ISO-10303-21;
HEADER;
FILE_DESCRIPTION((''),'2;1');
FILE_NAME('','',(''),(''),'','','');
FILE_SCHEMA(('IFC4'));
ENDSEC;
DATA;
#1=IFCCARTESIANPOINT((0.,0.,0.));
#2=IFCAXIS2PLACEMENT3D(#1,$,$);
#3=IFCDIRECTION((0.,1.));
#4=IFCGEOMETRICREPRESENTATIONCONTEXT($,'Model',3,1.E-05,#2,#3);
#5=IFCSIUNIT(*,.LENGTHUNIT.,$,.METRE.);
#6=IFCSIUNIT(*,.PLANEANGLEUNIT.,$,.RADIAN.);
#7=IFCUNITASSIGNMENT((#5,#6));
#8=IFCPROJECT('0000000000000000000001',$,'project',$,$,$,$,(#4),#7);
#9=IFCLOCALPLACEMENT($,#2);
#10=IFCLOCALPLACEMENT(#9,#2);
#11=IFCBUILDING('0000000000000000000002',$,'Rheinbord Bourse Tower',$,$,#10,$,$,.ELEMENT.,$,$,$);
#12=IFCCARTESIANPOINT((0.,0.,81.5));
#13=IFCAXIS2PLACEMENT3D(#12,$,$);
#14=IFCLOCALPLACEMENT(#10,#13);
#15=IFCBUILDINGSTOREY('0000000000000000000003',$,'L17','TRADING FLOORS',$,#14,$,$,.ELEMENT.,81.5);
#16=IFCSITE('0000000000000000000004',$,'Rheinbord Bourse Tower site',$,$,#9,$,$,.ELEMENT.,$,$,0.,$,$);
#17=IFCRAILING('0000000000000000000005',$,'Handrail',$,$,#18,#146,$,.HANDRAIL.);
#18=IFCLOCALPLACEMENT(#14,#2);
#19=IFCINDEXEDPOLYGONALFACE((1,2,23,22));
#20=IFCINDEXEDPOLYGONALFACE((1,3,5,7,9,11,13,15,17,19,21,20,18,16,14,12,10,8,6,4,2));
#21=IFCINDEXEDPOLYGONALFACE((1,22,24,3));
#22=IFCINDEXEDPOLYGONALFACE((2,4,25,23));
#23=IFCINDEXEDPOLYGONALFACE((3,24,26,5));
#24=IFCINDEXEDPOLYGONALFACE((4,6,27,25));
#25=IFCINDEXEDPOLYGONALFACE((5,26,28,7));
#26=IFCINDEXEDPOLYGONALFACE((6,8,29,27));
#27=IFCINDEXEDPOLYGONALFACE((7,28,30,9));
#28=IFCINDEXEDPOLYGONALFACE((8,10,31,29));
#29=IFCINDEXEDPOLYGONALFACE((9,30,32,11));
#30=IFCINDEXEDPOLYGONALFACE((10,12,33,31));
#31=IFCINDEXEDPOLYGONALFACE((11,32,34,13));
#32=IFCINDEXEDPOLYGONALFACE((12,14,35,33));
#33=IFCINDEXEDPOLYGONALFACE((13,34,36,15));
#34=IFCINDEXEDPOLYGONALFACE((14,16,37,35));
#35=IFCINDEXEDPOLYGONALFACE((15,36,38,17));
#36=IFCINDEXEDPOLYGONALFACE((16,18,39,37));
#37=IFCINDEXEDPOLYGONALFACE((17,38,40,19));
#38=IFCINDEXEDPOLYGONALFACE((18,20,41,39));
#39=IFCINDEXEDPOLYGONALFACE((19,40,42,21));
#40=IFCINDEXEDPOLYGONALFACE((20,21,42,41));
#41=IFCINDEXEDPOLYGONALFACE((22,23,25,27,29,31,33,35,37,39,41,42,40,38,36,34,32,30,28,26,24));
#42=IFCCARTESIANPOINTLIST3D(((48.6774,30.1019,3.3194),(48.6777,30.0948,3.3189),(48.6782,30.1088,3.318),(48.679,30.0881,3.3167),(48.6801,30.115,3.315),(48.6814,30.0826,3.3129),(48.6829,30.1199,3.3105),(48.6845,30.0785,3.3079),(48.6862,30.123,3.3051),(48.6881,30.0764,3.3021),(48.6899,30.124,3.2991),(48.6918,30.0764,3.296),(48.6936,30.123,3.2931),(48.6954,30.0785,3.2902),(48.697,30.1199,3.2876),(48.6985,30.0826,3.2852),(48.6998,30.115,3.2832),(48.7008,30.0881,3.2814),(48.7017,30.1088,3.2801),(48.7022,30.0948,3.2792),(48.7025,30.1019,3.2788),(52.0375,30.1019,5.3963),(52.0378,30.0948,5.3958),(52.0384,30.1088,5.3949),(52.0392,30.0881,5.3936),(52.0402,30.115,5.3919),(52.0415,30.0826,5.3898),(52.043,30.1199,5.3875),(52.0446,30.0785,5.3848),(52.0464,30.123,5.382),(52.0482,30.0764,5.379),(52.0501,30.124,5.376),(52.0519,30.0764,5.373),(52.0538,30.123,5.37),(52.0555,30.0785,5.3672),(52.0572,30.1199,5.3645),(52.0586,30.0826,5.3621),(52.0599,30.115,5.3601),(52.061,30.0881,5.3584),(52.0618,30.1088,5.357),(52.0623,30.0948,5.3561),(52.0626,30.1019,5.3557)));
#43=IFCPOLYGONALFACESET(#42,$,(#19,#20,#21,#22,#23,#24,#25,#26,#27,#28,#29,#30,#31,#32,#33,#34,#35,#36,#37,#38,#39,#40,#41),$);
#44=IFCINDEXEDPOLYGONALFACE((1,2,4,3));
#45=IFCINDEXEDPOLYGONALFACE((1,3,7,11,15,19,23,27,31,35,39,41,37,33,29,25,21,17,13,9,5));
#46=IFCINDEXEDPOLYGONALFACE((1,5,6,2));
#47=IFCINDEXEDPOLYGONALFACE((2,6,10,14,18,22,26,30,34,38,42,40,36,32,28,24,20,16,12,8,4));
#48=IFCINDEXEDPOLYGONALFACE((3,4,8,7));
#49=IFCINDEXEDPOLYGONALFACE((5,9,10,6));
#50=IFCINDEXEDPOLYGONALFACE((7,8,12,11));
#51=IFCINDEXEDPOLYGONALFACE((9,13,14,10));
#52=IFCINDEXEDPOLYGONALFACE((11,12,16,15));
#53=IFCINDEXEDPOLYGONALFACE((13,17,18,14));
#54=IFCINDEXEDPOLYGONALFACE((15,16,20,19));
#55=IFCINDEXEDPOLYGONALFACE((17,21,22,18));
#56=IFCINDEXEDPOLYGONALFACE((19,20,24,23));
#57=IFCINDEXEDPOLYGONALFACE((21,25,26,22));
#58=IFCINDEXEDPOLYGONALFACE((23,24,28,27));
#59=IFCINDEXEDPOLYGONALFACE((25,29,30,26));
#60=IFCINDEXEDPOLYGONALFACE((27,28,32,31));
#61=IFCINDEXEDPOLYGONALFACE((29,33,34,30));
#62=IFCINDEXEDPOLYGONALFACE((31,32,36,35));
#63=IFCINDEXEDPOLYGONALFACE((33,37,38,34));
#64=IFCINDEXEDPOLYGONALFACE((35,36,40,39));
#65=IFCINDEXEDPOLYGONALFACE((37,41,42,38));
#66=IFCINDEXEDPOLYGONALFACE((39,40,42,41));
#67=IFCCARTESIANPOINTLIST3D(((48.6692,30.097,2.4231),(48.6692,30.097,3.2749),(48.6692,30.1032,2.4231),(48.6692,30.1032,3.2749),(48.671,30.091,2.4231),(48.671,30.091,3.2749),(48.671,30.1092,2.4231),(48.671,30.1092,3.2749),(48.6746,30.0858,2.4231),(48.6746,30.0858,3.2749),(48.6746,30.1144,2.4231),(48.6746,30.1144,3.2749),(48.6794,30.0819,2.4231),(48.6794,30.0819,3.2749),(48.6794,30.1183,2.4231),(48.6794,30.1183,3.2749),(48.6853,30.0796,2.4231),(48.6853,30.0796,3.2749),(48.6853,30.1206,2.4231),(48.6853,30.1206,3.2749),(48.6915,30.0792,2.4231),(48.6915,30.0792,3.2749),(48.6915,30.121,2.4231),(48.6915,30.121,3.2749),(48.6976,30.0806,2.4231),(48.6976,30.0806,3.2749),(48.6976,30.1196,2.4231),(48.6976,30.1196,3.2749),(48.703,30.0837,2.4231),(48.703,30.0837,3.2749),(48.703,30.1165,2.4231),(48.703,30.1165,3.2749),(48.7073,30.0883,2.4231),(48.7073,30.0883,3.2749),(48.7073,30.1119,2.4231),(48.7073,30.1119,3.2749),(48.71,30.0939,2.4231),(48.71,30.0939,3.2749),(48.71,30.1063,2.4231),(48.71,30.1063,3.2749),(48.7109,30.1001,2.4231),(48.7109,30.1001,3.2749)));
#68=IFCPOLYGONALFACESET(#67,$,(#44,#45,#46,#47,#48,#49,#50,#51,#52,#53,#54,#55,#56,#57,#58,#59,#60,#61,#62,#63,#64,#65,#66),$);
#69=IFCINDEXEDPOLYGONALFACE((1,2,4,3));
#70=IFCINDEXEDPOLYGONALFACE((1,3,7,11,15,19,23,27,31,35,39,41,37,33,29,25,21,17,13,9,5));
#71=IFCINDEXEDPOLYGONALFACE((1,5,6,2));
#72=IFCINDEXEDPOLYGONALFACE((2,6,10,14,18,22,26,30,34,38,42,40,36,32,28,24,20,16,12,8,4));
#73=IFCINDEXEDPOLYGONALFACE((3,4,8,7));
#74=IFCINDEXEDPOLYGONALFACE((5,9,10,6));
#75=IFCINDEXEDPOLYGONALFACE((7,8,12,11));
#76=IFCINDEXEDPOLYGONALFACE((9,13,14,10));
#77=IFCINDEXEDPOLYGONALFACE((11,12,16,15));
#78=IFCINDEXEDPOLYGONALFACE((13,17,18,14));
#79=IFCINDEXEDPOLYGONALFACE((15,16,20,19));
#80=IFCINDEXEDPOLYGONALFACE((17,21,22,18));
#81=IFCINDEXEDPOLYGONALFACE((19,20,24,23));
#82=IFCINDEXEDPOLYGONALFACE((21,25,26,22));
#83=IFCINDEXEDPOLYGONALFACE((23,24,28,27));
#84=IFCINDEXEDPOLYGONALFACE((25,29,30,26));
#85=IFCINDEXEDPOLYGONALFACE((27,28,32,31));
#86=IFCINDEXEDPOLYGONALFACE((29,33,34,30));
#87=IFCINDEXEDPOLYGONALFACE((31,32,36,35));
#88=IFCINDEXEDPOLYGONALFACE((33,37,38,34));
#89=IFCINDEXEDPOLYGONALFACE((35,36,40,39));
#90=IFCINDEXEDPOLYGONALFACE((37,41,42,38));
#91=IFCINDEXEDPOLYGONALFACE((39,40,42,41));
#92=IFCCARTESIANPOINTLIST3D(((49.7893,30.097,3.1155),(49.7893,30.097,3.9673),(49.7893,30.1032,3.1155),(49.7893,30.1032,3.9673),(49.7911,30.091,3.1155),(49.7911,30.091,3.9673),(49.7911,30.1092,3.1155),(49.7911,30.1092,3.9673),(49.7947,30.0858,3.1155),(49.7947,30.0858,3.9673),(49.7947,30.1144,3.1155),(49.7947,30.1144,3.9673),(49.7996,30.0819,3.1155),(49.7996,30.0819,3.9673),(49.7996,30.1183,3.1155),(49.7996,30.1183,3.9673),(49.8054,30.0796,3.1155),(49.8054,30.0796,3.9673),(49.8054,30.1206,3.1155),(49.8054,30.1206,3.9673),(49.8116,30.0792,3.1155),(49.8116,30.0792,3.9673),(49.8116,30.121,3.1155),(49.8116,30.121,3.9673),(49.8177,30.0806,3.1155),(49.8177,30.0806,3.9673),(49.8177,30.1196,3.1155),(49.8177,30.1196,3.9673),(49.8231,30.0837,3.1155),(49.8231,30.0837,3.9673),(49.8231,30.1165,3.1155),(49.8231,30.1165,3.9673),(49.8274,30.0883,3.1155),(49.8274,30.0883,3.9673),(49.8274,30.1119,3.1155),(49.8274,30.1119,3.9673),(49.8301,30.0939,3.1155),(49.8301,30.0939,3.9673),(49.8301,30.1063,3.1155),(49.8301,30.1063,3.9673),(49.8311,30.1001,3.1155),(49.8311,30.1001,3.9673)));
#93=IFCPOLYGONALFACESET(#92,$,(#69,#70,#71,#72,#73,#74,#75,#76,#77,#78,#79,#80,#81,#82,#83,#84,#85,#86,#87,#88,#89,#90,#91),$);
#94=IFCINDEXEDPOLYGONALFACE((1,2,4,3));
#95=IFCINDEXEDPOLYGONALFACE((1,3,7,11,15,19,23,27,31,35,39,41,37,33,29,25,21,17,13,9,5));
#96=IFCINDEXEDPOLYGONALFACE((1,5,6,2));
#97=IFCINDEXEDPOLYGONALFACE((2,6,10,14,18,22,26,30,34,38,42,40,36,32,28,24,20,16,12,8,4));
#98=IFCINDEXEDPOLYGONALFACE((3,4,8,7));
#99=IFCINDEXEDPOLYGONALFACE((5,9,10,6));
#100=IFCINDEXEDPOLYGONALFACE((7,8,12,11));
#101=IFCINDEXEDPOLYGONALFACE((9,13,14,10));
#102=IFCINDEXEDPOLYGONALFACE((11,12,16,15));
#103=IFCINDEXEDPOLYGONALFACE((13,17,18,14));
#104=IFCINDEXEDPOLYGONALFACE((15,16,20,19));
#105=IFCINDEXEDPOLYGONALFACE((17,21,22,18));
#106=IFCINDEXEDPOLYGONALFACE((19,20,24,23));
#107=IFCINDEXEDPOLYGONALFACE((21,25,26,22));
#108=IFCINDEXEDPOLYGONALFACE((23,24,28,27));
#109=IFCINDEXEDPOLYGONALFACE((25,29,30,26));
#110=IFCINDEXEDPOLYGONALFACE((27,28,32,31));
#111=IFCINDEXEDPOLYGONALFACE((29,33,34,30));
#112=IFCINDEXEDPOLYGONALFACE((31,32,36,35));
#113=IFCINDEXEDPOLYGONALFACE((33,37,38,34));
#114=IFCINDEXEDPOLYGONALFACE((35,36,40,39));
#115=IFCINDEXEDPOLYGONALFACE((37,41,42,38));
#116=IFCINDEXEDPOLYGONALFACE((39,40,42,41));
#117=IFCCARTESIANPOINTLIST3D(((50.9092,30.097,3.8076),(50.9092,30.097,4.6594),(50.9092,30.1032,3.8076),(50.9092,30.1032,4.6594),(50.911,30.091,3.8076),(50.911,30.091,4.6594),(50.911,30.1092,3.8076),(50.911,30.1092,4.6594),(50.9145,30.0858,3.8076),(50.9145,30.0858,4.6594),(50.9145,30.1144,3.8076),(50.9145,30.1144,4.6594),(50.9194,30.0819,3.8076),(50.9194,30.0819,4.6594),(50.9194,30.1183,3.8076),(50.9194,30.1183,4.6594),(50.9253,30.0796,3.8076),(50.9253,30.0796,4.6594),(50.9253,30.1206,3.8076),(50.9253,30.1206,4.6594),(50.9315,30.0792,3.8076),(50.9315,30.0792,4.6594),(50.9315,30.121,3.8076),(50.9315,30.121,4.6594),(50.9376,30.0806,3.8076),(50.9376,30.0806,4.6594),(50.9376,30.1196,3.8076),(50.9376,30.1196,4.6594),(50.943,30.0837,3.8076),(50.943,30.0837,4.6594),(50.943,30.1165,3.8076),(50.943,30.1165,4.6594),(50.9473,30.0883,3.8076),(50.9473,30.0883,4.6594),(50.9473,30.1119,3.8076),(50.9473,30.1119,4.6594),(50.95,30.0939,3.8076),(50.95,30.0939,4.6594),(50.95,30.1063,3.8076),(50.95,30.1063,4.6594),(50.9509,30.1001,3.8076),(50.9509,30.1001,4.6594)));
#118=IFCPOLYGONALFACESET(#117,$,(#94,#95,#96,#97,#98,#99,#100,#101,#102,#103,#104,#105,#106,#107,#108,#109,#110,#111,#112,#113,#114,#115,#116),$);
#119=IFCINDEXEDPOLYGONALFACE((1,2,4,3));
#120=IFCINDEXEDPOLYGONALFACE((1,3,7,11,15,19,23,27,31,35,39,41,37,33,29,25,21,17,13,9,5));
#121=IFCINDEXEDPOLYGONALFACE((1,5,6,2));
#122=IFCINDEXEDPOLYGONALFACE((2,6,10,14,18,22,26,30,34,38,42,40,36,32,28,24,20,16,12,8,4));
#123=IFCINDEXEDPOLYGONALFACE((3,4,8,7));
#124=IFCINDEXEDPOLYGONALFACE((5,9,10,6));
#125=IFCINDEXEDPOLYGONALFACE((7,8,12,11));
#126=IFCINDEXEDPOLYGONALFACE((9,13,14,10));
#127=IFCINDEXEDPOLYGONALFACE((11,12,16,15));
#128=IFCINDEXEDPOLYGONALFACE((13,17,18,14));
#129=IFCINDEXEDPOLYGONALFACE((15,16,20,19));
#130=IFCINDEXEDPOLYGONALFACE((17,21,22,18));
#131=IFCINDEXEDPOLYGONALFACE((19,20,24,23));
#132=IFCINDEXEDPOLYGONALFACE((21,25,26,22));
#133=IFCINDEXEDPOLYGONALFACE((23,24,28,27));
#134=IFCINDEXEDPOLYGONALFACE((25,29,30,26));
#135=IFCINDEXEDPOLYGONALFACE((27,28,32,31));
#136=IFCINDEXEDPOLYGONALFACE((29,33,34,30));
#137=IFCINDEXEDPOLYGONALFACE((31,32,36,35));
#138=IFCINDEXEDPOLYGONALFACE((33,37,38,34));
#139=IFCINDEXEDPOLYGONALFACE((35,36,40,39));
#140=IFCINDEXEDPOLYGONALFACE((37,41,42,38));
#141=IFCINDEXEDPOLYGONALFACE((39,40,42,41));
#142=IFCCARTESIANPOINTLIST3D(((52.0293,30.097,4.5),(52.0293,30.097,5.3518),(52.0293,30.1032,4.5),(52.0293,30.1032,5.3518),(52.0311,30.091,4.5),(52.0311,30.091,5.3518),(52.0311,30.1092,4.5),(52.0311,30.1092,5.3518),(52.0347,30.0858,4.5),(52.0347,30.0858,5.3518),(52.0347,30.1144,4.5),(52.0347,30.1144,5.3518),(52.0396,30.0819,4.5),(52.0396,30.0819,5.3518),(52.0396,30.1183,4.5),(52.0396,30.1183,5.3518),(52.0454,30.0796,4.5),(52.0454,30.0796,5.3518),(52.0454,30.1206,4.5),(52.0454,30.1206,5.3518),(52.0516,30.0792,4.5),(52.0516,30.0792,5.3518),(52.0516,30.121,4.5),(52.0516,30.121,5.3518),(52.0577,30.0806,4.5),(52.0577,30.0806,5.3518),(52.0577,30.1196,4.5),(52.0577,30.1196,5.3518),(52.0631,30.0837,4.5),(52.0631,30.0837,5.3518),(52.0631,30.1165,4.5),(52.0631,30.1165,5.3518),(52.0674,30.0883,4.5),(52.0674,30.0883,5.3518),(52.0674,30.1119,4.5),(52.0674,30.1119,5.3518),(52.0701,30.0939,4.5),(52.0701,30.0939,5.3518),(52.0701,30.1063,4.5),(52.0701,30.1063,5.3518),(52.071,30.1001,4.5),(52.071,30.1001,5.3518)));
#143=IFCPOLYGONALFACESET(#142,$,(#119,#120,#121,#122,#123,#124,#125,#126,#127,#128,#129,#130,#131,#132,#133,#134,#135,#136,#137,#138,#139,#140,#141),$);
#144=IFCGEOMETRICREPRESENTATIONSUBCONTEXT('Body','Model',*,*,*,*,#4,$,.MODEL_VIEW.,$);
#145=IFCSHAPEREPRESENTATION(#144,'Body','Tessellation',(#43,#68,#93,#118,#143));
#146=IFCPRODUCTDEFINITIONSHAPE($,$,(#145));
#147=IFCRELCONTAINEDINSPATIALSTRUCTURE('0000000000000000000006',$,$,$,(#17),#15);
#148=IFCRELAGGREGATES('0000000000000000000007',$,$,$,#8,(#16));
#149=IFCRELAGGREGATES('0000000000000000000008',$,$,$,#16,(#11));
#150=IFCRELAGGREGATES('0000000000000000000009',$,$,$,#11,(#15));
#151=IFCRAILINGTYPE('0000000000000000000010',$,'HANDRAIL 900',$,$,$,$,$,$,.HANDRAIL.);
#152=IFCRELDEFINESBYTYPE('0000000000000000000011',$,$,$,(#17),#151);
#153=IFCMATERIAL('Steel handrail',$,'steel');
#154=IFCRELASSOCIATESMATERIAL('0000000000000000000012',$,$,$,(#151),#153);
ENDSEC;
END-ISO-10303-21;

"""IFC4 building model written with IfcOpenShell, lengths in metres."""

from ifc_helpers import new_model, si_unit, direction, frame, origin, origin_2d, place, context, subcontext, project, spatial, circle, extrude, material, type_object, element, save


model = new_model("IFC4")

# Units and contexts
model_context = context("Model", 3, precision=1e-05, world=origin(), true_north=direction((0.0, 1.0)))
body_context = subcontext(model_context, "Body", "Model", "MODEL_VIEW")
ifc_project = project(units=[si_unit("LENGTHUNIT", "METRE"), si_unit("PLANEANGLEUNIT", "RADIAN")], contexts=[model_context])

# Site, building, storey
site_placement = place(None, origin())
site = spatial("IfcSite", under=ifc_project, at=site_placement, Name="Rheinbord Bourse Tower site", CompositionType="ELEMENT", RefElevation=0.0)
building_placement = place(site_placement, origin())
building = spatial("IfcBuilding", under=site, at=building_placement, Name="Rheinbord Bourse Tower", CompositionType="ELEMENT")
storey_placement = place(building_placement, frame((0.0, 0.0, 81.5)))
storey = spatial("IfcBuildingStorey", under=building, at=storey_placement, Name="L17", Description="TRADING FLOORS", CompositionType="ELEMENT", Elevation=81.5)

# Railing
ifc_material_1 = material(Name="Steel handrail", Category="steel")
railing_type = type_object("IfcRailingType", Name="HANDRAIL 900", PredefinedType="HANDRAIL", material=ifc_material_1)
railing_1_placement = place(storey_placement, frame((48.6899, 30.1001, 2.4231)))
element("IfcRailing", 1, at=railing_1_placement, inside=storey, type_object=railing_type, Name="Handrail", PredefinedType="HANDRAIL", context=body_context, shape_type="SweptSolid", body=[
    extrude(circle(Radius=0.0239, at=origin_2d()), frame((0.0, 0.0, 0.876), z_axis=(0.850623, 0.0, 0.525776), x_axis=(0.0, 1.0, 0.0)), (0.0, 0.0, 1.0), 3.9502),
    extrude(circle(Radius=0.021, at=origin_2d()), origin(), (0.0, 0.0, 1.0), 0.8518),
    extrude(circle(Radius=0.021, at=origin_2d()), frame((1.1201, 0.0, 0.6924)), (0.0, 0.0, 1.0), 0.8518),
    extrude(circle(Radius=0.021, at=origin_2d()), frame((2.24, 0.0, 1.3845)), (0.0, 0.0, 1.0), 0.8518),
    extrude(circle(Radius=0.021, at=origin_2d()), frame((3.3601, 0.0, 2.0769)), (0.0, 0.0, 1.0), 0.8518),
])

save(model, "model.ifc")
